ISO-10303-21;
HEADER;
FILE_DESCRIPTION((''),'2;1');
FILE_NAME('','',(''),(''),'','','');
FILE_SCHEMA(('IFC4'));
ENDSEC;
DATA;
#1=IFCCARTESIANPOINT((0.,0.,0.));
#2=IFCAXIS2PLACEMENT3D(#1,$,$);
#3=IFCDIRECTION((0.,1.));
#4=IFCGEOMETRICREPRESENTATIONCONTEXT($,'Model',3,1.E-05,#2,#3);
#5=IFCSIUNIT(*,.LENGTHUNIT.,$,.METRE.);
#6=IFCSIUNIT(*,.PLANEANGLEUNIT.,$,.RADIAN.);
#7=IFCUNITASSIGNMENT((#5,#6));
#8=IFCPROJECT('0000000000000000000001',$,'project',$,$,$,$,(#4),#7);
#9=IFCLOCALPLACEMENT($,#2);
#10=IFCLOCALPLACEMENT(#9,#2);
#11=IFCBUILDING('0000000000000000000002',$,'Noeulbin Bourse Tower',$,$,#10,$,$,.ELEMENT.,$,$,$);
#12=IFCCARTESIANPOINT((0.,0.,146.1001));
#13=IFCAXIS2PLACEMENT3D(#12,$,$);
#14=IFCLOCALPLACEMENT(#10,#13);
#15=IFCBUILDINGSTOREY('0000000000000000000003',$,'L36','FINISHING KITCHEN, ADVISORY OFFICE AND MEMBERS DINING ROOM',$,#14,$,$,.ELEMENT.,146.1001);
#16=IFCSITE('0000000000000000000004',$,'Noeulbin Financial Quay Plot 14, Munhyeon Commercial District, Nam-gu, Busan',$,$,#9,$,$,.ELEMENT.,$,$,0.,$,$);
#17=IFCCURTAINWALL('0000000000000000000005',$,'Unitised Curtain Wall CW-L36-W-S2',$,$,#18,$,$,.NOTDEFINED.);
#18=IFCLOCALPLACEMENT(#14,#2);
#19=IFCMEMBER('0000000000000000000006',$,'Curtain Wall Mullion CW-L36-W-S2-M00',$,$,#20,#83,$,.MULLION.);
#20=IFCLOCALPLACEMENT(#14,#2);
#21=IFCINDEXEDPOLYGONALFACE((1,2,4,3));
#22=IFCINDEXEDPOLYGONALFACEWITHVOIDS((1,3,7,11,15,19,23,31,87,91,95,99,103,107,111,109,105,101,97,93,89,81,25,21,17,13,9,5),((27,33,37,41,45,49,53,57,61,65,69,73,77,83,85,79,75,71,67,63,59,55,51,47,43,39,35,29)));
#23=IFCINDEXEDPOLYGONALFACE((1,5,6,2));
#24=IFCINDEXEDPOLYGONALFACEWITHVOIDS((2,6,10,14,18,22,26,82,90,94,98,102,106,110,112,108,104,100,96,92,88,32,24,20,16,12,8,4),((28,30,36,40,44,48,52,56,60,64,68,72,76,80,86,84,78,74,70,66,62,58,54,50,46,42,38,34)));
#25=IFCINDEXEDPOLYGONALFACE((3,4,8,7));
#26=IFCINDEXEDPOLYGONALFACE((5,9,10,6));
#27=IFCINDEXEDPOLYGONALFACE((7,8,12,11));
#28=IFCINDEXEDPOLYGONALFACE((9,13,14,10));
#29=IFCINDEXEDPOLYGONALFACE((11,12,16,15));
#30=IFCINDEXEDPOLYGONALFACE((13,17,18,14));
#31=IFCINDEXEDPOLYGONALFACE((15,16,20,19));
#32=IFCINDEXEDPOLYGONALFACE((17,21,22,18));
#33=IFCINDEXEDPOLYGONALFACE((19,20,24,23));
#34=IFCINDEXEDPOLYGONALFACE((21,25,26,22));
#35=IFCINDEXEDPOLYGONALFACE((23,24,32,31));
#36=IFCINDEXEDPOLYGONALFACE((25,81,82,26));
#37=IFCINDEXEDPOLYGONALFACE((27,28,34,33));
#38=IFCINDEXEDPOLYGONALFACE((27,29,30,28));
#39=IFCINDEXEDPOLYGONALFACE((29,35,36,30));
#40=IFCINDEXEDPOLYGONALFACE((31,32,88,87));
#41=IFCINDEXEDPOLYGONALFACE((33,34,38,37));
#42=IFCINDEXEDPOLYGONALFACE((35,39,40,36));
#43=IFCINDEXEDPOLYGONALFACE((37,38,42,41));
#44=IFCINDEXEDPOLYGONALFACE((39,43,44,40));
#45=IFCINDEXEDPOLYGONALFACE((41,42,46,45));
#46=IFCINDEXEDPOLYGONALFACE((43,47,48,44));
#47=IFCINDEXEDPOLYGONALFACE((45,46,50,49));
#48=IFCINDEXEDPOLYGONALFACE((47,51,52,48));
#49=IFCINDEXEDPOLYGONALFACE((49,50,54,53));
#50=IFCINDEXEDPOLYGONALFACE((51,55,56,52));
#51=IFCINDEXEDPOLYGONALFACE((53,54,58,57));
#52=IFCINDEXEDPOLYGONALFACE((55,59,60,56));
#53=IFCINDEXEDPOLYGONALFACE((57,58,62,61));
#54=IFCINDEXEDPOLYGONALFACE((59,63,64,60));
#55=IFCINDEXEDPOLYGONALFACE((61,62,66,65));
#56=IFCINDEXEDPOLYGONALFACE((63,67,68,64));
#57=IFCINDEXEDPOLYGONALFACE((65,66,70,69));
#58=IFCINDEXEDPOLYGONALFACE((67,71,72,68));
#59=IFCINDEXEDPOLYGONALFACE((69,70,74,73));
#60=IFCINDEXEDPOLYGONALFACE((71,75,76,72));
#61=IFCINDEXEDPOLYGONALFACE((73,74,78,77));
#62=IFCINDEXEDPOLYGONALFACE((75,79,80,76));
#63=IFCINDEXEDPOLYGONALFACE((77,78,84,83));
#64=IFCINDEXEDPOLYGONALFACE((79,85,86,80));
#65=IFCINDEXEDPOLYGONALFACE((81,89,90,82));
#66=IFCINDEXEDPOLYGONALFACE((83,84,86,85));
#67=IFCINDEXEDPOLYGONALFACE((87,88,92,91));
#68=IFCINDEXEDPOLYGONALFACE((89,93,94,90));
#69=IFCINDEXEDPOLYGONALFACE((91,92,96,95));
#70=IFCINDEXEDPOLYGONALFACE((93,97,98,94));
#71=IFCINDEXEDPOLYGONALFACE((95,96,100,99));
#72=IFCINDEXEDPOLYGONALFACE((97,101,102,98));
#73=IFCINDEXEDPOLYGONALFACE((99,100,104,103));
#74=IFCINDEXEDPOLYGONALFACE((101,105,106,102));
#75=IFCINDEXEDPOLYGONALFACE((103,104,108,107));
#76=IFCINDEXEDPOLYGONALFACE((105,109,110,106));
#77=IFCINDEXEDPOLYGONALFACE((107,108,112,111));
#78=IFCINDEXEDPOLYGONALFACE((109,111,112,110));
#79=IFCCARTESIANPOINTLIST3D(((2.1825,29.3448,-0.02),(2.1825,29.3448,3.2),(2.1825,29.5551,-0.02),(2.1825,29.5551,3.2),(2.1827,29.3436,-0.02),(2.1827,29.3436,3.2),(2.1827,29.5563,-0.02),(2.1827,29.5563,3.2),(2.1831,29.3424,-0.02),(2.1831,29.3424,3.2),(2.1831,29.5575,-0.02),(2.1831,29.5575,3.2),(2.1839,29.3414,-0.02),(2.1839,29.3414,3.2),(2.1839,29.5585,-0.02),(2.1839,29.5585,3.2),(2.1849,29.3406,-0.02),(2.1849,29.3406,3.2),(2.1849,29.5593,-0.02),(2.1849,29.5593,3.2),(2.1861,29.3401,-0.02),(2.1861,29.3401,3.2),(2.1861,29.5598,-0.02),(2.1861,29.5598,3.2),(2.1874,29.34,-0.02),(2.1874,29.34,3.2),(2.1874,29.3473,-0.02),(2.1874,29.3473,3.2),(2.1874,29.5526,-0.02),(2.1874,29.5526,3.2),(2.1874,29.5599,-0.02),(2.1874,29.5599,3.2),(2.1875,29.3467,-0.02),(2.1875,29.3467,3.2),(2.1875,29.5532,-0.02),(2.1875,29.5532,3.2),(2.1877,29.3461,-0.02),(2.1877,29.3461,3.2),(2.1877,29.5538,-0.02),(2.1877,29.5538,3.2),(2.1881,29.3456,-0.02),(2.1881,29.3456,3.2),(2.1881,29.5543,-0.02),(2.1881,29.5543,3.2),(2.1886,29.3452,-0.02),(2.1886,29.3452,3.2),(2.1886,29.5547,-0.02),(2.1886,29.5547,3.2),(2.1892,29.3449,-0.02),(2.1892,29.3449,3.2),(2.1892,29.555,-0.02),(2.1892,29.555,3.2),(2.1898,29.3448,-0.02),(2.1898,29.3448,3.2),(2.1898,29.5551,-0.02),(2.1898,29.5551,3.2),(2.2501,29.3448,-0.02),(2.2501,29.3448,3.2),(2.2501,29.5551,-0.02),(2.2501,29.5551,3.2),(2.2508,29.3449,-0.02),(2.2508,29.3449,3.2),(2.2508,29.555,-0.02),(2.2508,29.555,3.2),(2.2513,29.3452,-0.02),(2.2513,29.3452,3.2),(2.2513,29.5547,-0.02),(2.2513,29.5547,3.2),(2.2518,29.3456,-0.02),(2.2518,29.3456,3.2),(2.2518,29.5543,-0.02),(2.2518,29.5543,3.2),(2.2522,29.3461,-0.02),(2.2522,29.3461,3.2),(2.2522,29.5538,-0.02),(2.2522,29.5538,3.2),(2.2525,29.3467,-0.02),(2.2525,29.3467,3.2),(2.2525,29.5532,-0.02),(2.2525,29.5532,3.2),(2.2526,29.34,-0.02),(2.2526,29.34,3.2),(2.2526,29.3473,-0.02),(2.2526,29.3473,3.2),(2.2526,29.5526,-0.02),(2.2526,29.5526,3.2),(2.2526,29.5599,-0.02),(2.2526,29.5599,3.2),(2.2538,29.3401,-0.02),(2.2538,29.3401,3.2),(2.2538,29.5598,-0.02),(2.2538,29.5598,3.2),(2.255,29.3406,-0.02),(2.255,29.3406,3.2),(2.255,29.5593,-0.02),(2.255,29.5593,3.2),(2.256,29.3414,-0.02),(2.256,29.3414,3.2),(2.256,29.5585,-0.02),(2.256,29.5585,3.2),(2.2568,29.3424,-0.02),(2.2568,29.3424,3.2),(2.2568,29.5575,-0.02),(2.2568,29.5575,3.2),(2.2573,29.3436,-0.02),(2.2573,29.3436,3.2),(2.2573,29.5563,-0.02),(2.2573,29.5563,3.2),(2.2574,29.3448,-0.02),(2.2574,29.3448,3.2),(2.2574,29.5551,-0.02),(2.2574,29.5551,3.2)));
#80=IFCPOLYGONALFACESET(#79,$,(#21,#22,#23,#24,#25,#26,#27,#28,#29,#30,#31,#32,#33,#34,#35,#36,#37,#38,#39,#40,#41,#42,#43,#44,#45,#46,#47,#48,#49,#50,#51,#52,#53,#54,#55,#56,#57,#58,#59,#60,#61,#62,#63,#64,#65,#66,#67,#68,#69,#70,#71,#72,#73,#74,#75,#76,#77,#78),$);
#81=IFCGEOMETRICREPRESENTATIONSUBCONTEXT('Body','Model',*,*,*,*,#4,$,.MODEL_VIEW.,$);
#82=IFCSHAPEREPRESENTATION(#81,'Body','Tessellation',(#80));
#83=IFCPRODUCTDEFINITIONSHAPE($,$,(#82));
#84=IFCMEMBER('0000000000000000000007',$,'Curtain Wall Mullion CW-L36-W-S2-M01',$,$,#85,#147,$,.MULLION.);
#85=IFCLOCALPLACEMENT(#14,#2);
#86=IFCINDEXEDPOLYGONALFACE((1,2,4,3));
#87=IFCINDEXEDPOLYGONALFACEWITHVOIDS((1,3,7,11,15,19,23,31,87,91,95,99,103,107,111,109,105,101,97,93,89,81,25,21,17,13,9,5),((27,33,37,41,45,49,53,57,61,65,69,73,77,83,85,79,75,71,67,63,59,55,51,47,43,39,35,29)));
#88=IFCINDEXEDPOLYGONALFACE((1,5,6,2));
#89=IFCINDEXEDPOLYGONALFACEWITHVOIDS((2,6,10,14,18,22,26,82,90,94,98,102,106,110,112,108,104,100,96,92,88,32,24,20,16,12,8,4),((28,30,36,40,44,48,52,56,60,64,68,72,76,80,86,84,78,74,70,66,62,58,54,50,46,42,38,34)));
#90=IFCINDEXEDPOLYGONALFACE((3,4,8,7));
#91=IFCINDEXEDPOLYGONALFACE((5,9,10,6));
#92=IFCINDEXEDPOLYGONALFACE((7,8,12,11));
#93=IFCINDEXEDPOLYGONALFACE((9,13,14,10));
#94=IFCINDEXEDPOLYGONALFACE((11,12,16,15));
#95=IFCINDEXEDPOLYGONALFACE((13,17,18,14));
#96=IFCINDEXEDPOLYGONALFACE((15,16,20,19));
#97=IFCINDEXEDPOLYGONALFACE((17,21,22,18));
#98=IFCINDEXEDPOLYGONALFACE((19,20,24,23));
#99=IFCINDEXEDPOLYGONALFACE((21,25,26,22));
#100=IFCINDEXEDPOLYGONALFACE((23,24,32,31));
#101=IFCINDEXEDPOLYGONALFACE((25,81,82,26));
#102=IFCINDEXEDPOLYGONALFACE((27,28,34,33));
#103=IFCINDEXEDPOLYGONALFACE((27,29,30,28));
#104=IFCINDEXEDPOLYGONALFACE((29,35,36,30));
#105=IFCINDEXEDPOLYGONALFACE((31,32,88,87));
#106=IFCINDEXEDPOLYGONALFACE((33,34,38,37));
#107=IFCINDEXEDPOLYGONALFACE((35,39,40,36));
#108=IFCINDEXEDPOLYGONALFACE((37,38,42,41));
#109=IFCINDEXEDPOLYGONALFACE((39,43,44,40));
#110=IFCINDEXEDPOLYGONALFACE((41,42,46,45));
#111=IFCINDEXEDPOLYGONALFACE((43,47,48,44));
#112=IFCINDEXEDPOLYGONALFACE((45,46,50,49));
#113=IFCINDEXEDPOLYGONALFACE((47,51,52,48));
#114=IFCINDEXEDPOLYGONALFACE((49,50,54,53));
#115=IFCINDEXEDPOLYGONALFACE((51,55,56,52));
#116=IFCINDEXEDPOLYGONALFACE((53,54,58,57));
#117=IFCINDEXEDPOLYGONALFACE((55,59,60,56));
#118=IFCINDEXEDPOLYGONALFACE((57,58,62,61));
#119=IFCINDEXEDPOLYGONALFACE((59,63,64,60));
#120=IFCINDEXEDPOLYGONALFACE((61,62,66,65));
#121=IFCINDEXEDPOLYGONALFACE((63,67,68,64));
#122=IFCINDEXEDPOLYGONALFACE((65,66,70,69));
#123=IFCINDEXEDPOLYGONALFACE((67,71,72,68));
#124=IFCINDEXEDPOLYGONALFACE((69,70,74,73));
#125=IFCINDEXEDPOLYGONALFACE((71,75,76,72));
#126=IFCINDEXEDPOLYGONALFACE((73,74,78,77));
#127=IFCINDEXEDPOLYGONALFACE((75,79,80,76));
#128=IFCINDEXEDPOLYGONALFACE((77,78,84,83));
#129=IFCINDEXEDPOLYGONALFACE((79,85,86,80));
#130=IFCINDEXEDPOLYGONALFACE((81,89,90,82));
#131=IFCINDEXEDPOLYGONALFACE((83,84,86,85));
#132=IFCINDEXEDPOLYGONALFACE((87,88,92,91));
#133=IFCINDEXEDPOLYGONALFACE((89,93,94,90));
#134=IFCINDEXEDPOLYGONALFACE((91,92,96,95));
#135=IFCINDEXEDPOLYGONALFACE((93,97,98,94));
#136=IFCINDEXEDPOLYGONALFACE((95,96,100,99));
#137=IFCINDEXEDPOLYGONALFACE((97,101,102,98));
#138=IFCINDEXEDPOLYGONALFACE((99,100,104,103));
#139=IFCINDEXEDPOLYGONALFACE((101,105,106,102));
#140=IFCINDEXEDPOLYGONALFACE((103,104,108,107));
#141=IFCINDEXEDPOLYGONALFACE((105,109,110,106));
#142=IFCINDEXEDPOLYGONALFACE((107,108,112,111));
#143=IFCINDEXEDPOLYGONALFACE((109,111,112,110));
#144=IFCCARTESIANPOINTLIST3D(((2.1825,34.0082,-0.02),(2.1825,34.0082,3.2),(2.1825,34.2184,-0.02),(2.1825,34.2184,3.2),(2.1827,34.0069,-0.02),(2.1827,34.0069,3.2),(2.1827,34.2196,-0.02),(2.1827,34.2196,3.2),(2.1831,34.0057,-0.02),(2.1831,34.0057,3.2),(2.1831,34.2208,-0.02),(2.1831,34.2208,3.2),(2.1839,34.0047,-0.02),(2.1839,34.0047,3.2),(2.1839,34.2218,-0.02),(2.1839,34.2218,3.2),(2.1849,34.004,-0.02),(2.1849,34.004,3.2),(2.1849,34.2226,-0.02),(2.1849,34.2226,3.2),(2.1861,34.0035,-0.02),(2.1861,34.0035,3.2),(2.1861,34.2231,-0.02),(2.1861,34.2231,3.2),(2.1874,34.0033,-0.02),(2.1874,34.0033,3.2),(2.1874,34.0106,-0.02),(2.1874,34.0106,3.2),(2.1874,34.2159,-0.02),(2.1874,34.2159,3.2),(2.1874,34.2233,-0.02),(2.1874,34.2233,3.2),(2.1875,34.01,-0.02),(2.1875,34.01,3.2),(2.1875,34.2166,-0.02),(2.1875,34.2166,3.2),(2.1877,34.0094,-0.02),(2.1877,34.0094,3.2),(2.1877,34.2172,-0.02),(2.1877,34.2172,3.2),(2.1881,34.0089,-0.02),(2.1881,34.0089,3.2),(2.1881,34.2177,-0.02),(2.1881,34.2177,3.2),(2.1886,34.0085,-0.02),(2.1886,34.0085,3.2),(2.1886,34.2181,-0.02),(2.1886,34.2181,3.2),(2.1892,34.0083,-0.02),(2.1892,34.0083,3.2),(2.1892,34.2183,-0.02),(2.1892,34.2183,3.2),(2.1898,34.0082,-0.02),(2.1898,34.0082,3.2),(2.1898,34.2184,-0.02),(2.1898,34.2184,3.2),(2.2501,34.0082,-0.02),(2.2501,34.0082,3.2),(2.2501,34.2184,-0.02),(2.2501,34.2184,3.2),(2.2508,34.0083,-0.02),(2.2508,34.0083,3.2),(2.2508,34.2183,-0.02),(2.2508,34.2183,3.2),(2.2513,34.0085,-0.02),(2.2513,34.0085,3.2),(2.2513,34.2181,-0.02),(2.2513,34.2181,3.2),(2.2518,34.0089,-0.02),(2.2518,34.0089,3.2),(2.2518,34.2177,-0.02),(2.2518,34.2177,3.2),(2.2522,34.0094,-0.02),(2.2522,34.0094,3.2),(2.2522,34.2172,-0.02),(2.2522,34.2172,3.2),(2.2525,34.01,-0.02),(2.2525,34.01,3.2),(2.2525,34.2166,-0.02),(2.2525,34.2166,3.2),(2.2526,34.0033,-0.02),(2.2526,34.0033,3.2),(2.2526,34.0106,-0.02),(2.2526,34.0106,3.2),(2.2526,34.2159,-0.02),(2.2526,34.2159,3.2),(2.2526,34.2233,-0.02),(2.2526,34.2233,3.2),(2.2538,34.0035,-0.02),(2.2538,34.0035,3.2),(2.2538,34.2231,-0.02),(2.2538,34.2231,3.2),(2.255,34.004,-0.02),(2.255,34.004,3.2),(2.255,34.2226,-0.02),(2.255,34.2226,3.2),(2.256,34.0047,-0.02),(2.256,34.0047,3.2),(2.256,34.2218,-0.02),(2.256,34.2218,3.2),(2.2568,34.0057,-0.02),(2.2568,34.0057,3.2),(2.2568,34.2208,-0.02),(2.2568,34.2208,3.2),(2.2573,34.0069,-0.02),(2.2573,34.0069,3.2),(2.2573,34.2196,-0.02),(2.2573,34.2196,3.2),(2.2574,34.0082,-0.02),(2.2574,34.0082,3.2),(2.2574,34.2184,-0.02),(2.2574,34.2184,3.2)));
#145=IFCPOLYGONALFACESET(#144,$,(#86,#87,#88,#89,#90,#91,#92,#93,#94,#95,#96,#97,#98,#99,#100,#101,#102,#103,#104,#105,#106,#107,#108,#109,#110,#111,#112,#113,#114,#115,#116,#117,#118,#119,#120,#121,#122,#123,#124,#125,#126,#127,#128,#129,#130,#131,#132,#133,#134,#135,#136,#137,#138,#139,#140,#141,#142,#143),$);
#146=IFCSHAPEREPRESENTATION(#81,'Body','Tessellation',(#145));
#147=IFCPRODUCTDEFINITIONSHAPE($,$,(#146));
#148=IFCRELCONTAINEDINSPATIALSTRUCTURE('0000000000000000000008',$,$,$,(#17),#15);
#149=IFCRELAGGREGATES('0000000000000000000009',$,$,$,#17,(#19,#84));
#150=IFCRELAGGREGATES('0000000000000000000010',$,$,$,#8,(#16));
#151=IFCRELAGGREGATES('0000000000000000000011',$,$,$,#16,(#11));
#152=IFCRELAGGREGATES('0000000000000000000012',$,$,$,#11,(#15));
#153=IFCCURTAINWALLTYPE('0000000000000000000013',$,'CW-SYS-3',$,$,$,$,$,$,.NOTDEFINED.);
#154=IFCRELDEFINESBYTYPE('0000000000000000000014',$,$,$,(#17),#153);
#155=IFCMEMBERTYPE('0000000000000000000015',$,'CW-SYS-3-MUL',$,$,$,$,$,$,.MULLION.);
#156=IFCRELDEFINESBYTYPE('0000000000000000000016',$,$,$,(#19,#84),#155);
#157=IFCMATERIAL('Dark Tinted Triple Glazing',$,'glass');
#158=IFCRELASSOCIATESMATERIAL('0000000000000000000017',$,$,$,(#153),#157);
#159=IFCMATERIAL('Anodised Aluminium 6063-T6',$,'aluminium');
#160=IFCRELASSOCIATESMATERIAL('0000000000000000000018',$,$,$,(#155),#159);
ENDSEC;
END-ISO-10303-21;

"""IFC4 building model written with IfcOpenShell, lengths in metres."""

from ifc_helpers import new_model, si_unit, direction, frame, origin, origin_2d, place, context, subcontext, project, spatial, hollow_rectangle, extrude, material, material_profile, profile_set, type_object, element, aggregate, save


model = new_model("IFC4")

# Units and contexts
model_context = context("Model", 3, precision=1e-05, world=origin(), true_north=direction((0.0, 1.0)))
body_context = subcontext(model_context, "Body", "Model", "MODEL_VIEW")
ifc_project = project(units=[si_unit("LENGTHUNIT", "METRE"), si_unit("PLANEANGLEUNIT", "RADIAN")], contexts=[model_context])

# Site, building, storey
site_placement = place(None, origin())
site = spatial("IfcSite", under=ifc_project, at=site_placement, Name="Noeulbin Financial Quay Plot 14, Munhyeon Commercial District, Nam-gu, Busan", CompositionType="ELEMENT", RefElevation=0.0)
building_placement = place(site_placement, origin())
building = spatial("IfcBuilding", under=site, at=building_placement, Name="Noeulbin Bourse Tower", CompositionType="ELEMENT")
storey_placement = place(building_placement, frame((0.0, 0.0, 146.1001)))
storey = spatial("IfcBuildingStorey", under=building, at=storey_placement, Name="L36", Description="FINISHING KITCHEN, ADVISORY OFFICE AND MEMBERS DINING ROOM", CompositionType="ELEMENT", Elevation=146.1001)

# Shared definitions
ifc_material_1 = material(Name="Dark Tinted Triple Glazing", Category="glass")
curtain_wall_type = type_object("IfcCurtainWallType", Name="CW-SYS-3", PredefinedType="NOTDEFINED", material=ifc_material_1)
ifc_material_2 = material(Name="Anodised Aluminium 6063-T6", Category="aluminium")
ifc_material_profile_1 = material_profile(ifc_material_2, hollow_rectangle(XDim=0.075, YDim=0.22, WallThickness=0.0049, InnerFilletRadius=0.0024, OuterFilletRadius=0.0049, at=origin_2d()), Name="ALU-MULL-75x220x5", Category="LoadBearing")
ifc_profile_set_1 = profile_set([ifc_material_profile_1], Name="Anodised Aluminium 6063-T6")
member_type_1 = type_object("IfcMemberType", Name="CW-SYS-3-MUL", PredefinedType="MULLION", material=ifc_profile_set_1)

# Curtain wall, members
curtain_wall_1_placement = place(storey_placement, origin())
curtain_wall_1 = element("IfcCurtainWall", 1, at=curtain_wall_1_placement, inside=storey, type_object=curtain_wall_type, Name="Unitised Curtain Wall CW-L36-W-S2", PredefinedType="NOTDEFINED")
member_1_placement = place(storey_placement, frame((2.22, 29.45, -0.02), z_axis=(0.0, 0.0, 1.0), x_axis=(1.0, 0.0, 0.0)))
member_1 = element("IfcMember", 2, at=member_1_placement, type_object=member_type_1, Name="Curtain Wall Mullion CW-L36-W-S2-M00", PredefinedType="MULLION", context=body_context, shape_type="SweptSolid", body=[
    extrude(hollow_rectangle(XDim=0.075, YDim=0.22, WallThickness=0.0049, InnerFilletRadius=0.0024, OuterFilletRadius=0.0049, at=origin_2d()), origin(), (0.0, 0.0, 1.0), 3.22),
])
member_2_placement = place(storey_placement, frame((2.22, 34.1133, -0.02), z_axis=(0.0, 0.0, 1.0), x_axis=(1.0, 0.0, 0.0)))
member_2 = element("IfcMember", 3, at=member_2_placement, type_object=member_type_1, Name="Curtain Wall Mullion CW-L36-W-S2-M01", PredefinedType="MULLION", context=body_context, shape_type="SweptSolid", body=[
    extrude(hollow_rectangle(XDim=0.075, YDim=0.22, WallThickness=0.0049, InnerFilletRadius=0.0024, OuterFilletRadius=0.0049, at=origin_2d()), origin(), (0.0, 0.0, 1.0), 3.22),
])
aggregate(curtain_wall_1, [member_1, member_2])

save(model, "model.ifc")
